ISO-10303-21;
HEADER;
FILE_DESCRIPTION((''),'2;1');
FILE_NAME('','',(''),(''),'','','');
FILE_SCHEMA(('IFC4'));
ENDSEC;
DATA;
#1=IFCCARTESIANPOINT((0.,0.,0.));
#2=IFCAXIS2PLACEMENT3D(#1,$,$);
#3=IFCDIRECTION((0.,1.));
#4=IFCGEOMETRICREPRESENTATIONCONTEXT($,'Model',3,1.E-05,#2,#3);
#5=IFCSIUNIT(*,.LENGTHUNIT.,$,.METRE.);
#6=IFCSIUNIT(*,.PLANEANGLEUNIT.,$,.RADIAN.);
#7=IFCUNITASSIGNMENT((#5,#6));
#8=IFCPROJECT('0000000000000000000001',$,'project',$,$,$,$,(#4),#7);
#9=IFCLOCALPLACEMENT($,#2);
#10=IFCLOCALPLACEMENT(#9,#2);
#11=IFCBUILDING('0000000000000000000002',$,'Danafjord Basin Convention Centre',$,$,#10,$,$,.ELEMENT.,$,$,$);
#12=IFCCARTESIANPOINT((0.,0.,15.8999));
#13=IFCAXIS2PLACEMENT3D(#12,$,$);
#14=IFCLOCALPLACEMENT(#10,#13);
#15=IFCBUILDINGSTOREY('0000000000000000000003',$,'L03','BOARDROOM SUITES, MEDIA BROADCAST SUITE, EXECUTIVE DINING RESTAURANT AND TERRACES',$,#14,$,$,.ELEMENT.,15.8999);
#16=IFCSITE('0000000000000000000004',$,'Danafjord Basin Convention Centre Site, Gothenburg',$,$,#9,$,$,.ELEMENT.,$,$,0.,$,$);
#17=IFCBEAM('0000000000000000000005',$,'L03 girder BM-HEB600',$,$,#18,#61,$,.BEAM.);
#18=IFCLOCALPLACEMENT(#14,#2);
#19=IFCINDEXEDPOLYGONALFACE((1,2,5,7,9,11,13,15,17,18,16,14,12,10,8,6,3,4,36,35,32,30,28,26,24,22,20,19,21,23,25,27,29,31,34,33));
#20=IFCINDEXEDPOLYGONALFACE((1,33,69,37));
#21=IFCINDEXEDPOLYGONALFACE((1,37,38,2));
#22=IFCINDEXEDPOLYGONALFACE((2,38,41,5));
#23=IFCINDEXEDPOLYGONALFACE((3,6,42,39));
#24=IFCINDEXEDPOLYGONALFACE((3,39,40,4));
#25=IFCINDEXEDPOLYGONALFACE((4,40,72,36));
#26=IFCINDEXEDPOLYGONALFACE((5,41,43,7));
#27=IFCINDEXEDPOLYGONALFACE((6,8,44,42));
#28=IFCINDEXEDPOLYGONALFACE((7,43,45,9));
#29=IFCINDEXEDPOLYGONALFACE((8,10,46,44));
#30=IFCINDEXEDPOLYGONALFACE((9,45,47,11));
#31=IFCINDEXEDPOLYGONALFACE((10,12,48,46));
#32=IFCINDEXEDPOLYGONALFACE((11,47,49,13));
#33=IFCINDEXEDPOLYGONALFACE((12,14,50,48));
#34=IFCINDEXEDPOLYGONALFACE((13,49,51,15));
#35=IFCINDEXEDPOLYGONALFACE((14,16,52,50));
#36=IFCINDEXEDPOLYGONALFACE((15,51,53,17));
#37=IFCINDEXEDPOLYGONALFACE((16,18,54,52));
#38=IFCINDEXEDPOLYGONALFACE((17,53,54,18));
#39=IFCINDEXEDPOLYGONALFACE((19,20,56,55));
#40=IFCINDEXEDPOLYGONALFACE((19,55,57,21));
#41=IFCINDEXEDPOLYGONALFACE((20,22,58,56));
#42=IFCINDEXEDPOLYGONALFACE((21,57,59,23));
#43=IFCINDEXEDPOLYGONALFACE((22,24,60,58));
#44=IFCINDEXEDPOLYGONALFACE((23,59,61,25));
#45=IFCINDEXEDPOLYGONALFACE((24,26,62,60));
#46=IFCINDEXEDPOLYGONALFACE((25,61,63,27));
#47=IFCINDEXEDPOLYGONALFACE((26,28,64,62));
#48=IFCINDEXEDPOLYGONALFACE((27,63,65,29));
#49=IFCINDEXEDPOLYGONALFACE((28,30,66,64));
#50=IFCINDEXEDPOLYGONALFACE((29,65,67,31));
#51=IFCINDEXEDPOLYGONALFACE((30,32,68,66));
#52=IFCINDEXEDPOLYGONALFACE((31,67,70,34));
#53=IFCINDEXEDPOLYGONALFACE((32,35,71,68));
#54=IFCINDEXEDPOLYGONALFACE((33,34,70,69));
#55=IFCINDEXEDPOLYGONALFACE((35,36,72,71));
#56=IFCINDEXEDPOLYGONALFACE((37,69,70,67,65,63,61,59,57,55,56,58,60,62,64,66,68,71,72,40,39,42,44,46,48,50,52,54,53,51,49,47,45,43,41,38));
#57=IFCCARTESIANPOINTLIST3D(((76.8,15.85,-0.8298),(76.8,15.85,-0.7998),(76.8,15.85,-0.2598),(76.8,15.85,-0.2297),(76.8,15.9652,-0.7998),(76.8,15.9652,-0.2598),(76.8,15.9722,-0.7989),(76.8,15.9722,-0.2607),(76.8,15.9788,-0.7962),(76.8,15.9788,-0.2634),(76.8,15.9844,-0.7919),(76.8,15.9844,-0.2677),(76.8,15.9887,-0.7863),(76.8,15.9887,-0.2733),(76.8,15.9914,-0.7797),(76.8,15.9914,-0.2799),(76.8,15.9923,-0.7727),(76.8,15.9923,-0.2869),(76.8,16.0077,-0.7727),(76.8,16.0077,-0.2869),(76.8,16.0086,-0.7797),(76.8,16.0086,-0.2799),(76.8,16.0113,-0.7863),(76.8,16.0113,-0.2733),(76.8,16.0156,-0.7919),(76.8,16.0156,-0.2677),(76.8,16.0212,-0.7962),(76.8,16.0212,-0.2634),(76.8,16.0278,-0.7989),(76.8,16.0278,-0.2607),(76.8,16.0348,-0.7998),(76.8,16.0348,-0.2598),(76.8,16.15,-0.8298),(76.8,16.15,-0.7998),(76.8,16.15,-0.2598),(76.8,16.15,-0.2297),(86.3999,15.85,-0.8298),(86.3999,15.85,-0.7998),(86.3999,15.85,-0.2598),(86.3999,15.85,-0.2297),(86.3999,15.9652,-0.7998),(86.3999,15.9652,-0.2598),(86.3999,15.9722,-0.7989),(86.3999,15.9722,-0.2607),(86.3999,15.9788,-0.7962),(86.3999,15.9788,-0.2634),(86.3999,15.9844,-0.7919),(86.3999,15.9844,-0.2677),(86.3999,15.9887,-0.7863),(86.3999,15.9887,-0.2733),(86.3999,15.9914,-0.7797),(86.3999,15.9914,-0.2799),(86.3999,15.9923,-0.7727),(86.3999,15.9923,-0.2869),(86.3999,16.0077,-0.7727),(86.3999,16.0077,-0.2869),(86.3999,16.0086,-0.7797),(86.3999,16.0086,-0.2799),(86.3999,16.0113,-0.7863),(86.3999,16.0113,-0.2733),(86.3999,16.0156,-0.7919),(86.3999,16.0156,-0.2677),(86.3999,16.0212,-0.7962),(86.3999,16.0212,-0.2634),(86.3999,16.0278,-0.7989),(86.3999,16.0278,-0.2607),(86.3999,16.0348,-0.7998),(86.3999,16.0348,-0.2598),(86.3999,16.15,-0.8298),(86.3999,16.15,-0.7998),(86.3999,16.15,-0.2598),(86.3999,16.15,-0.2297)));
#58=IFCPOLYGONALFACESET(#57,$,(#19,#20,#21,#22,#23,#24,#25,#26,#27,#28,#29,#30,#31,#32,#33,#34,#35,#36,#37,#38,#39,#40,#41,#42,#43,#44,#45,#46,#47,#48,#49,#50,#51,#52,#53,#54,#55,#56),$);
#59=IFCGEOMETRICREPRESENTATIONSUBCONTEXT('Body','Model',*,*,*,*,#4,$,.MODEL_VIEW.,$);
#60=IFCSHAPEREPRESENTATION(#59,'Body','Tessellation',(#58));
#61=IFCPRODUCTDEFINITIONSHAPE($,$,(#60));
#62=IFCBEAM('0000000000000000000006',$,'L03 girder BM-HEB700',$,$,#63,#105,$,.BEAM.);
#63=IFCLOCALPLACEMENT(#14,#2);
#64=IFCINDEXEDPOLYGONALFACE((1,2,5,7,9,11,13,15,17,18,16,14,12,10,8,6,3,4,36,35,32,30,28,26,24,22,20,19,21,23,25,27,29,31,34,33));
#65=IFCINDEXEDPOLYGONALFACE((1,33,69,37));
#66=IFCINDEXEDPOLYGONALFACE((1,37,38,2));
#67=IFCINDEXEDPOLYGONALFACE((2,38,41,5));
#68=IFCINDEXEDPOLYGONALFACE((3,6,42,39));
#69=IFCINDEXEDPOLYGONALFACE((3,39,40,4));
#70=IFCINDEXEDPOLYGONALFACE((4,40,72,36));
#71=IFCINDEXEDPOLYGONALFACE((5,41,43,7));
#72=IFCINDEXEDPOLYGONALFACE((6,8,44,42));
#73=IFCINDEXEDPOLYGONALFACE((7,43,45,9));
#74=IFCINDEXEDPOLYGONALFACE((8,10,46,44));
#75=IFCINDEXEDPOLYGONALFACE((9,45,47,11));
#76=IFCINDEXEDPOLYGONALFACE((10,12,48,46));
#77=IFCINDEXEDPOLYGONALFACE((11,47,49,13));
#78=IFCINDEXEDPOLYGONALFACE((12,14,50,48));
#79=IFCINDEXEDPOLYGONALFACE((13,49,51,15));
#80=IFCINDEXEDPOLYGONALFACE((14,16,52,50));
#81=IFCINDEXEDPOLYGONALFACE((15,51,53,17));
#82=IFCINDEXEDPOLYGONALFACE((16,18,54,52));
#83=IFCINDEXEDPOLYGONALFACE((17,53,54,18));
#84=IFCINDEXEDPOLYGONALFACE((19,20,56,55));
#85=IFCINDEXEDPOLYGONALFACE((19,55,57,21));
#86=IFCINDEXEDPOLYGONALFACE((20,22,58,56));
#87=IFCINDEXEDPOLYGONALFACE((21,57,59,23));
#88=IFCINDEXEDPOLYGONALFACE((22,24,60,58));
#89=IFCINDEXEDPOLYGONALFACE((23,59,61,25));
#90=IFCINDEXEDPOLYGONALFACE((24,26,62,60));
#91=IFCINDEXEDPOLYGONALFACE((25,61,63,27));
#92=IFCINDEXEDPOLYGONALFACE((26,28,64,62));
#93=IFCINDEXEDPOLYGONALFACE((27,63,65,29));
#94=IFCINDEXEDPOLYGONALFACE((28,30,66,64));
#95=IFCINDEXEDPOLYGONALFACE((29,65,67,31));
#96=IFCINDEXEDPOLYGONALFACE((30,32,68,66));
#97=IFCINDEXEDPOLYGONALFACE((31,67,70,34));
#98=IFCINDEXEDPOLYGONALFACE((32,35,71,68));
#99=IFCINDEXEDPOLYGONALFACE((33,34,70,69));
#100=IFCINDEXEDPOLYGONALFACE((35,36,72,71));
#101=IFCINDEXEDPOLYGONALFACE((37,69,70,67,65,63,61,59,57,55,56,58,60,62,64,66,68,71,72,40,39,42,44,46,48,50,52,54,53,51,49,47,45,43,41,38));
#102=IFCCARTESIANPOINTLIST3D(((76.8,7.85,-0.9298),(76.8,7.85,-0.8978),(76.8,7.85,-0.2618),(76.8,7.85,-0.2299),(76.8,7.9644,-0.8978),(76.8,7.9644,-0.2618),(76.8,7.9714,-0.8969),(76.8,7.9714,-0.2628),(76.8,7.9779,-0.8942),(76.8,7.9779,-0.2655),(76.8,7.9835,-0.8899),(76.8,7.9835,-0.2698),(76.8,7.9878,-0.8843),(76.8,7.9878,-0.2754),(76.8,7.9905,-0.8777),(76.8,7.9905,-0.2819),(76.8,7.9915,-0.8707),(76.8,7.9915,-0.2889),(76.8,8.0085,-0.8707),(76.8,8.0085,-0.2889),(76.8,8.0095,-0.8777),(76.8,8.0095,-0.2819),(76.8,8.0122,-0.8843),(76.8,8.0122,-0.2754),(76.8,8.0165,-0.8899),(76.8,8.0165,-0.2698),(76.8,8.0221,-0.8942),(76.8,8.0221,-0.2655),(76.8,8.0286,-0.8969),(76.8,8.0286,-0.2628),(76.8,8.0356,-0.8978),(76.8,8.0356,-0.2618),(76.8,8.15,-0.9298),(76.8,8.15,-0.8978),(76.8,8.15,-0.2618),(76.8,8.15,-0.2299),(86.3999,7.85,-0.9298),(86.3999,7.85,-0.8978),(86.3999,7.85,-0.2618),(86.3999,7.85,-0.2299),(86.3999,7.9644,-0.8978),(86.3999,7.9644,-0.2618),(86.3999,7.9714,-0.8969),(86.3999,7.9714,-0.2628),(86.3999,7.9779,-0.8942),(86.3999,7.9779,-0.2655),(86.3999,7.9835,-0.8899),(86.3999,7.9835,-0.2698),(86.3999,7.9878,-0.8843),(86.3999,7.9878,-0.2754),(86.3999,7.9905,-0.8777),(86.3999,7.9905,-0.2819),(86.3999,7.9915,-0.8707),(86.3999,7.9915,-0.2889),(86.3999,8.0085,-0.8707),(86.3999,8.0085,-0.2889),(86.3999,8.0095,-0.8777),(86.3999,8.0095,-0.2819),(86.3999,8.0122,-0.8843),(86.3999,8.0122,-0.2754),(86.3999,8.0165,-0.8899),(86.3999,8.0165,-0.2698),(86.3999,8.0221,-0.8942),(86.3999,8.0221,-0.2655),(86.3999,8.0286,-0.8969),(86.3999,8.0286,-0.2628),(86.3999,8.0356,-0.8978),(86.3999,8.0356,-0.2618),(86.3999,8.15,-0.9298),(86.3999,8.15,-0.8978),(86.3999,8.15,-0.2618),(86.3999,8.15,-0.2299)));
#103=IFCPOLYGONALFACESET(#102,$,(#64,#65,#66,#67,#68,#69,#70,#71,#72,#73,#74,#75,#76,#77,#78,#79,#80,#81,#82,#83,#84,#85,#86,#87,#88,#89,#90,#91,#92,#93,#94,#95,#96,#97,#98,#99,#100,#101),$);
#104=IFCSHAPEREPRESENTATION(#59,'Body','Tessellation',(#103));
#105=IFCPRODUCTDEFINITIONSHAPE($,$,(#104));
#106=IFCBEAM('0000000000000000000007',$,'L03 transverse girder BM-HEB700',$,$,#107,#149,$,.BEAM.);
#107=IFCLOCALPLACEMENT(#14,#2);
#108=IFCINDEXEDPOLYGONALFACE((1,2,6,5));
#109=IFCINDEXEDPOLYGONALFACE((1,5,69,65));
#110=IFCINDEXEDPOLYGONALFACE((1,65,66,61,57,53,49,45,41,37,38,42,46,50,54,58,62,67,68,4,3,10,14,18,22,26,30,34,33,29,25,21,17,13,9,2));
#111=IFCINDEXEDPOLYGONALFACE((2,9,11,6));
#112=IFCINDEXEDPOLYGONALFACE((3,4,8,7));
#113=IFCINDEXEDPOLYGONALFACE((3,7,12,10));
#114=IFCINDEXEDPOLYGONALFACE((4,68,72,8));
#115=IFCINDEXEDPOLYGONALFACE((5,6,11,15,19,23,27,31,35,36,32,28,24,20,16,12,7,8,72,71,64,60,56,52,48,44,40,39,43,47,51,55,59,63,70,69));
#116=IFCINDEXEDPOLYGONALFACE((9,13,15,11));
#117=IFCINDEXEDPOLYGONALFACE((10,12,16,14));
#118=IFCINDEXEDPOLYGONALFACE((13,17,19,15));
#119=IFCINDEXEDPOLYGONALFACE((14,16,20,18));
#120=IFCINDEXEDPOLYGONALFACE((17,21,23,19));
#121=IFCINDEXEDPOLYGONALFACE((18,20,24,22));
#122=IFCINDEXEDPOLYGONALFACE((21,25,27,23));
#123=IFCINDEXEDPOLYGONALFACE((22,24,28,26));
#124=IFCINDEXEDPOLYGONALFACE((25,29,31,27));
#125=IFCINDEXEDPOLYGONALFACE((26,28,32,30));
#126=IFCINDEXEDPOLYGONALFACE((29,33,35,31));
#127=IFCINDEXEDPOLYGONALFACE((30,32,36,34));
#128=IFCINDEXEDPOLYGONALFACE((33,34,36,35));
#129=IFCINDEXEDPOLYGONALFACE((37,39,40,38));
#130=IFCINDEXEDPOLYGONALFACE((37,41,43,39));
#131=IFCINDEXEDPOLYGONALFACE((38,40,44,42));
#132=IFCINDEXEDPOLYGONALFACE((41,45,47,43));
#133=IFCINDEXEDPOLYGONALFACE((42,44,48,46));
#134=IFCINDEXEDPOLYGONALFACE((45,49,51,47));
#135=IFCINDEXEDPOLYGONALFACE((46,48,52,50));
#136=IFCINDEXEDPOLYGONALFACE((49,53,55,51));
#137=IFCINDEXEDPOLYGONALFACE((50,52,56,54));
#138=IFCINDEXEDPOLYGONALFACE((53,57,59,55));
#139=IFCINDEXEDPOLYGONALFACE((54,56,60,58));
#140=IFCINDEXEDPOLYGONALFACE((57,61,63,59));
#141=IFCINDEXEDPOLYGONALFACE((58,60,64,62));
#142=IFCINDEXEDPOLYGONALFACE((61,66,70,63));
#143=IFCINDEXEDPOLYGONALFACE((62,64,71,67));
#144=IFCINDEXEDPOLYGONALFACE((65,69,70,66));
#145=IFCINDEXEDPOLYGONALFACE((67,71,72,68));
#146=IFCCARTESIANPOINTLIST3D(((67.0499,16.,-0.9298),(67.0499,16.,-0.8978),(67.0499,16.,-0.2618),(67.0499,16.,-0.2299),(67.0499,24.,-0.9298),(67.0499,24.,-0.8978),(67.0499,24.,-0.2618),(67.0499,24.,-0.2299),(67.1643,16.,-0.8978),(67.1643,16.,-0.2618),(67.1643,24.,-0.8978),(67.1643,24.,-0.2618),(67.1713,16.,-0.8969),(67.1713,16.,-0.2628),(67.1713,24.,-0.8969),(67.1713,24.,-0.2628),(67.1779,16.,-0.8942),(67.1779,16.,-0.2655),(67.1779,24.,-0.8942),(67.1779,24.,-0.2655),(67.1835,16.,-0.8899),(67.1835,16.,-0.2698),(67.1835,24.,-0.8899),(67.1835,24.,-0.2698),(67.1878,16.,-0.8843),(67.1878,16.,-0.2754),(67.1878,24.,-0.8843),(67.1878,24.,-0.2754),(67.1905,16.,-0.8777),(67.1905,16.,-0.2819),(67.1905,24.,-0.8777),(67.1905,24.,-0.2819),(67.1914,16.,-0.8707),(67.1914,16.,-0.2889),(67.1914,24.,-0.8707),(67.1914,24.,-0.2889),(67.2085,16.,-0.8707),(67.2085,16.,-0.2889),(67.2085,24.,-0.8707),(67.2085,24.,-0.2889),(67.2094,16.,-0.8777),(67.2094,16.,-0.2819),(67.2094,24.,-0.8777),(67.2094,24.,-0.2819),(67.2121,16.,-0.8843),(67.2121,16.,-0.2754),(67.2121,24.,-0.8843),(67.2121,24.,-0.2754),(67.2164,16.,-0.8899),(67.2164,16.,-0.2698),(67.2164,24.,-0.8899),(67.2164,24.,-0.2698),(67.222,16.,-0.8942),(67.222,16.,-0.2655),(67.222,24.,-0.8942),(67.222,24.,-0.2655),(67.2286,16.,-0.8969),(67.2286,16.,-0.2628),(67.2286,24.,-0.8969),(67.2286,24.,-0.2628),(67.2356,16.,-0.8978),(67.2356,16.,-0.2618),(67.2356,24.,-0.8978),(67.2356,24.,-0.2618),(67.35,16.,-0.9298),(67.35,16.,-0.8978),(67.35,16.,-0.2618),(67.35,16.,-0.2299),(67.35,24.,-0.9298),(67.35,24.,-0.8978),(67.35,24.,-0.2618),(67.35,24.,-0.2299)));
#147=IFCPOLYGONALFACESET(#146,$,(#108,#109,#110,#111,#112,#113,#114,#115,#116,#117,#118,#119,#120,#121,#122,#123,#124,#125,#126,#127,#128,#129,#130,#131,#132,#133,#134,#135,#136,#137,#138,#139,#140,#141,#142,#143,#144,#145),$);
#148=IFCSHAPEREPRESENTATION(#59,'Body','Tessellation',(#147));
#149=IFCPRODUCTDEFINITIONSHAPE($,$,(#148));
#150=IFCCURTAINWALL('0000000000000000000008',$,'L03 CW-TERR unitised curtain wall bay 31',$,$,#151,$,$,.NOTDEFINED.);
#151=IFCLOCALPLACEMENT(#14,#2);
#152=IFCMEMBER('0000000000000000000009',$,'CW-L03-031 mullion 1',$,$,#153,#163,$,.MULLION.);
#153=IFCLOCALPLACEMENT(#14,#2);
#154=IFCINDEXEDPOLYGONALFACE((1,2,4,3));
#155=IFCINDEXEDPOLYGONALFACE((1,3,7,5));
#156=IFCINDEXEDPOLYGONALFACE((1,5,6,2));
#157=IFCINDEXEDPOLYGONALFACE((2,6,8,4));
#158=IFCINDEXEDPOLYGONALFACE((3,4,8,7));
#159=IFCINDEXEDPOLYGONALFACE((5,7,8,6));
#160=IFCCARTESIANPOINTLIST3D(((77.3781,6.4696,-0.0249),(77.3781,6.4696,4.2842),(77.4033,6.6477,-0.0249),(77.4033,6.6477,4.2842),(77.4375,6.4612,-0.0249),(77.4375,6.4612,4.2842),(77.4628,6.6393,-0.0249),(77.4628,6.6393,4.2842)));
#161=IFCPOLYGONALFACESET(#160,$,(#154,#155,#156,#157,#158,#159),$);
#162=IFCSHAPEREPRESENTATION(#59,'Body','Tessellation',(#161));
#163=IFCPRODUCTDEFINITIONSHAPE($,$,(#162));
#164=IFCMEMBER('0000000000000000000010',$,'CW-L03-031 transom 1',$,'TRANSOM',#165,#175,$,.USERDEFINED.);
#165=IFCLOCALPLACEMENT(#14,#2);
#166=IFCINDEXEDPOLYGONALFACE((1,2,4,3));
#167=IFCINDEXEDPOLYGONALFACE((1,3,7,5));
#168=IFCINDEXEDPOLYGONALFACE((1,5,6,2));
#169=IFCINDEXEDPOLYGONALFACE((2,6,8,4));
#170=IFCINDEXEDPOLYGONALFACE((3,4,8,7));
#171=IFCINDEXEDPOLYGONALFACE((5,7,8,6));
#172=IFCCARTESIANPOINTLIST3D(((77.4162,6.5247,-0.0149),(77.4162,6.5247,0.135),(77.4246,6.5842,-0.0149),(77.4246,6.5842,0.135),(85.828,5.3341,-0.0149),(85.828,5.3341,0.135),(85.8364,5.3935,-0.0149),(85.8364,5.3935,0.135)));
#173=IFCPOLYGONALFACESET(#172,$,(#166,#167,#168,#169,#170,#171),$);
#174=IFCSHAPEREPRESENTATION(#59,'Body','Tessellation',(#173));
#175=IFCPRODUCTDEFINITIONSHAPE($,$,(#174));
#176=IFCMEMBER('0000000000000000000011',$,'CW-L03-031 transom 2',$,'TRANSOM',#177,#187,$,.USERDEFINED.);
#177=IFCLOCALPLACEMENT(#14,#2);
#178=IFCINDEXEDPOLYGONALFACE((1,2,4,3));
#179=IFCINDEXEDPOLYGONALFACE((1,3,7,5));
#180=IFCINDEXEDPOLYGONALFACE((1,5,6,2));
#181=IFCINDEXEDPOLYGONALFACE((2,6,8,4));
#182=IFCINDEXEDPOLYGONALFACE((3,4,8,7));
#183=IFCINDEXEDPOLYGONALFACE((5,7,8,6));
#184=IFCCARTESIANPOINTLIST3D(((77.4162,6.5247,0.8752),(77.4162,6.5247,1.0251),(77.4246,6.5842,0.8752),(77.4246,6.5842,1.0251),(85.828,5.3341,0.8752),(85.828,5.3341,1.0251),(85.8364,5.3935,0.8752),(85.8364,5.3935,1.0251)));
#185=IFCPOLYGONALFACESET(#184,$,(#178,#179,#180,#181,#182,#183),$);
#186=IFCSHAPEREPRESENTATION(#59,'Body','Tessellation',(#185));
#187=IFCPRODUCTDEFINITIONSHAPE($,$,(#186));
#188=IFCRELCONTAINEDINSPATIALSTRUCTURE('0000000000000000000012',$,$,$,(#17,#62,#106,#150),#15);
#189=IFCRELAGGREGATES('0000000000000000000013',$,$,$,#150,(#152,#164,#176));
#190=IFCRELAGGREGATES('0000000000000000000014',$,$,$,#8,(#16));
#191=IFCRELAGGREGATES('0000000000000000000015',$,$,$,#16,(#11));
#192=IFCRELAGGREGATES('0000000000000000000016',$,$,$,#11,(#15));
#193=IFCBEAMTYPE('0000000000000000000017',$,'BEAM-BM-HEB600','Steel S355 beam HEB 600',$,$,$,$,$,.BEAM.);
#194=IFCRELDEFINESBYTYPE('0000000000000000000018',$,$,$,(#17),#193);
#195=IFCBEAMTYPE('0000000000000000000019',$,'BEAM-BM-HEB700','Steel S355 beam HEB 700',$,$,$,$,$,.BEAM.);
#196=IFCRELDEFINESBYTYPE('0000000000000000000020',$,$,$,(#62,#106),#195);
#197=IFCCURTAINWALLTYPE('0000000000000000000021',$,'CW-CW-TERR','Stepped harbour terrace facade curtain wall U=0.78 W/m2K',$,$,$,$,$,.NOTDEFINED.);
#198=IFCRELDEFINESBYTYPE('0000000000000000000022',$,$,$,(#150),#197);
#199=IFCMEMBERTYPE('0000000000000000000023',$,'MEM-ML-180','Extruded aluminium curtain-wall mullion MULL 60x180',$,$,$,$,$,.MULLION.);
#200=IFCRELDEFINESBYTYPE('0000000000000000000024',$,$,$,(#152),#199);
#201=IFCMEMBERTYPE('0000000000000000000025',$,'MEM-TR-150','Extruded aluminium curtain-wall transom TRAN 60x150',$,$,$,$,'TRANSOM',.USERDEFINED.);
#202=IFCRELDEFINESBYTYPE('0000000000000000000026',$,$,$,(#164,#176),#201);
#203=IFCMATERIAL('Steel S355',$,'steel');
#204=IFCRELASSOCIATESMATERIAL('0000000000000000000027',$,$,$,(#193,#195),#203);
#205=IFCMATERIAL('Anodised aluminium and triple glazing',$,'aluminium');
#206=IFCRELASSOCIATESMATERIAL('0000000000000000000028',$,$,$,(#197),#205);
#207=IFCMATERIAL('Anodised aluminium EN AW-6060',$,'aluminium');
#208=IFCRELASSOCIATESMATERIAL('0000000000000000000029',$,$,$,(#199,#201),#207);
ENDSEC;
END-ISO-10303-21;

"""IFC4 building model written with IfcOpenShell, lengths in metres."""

from ifc_helpers import new_model, si_unit, direction, frame, origin, origin_2d, place, context, subcontext, project, spatial, rectangle, i_section, extrude, material, material_profile, profile_set, type_object, element, aggregate, save


model = new_model("IFC4")

# Units and contexts
model_context = context("Model", 3, precision=1e-05, world=origin(), true_north=direction((0.0, 1.0)))
body_context = subcontext(model_context, "Body", "Model", "MODEL_VIEW")
ifc_project = project(units=[si_unit("LENGTHUNIT", "METRE"), si_unit("PLANEANGLEUNIT", "RADIAN")], contexts=[model_context])

# Site, building, storey
site_placement = place(None, origin())
site = spatial("IfcSite", under=ifc_project, at=site_placement, Name="Danafjord Basin Convention Centre Site, Gothenburg", CompositionType="ELEMENT", RefElevation=0.0)
building_placement = place(site_placement, origin())
building = spatial("IfcBuilding", under=site, at=building_placement, Name="Danafjord Basin Convention Centre", CompositionType="ELEMENT")
storey_placement = place(building_placement, frame((0.0, 0.0, 15.8999)))
storey = spatial("IfcBuildingStorey", under=building, at=storey_placement, Name="L03", Description="BOARDROOM SUITES, MEDIA BROADCAST SUITE, EXECUTIVE DINING RESTAURANT AND TERRACES", CompositionType="ELEMENT", Elevation=15.8999)

# Shared definitions
ifc_material_1 = material(Name="Steel S355", Category="steel")

# Beams
ifc_material_profile_1 = material_profile(ifc_material_1, i_section(OverallWidth=0.3, OverallDepth=0.6001, WebThickness=0.0154, FlangeThickness=0.03, FilletRadius=0.0271, at=origin_2d()), Name="HEB 600")
ifc_profile_set_1 = profile_set([ifc_material_profile_1], Name="Steel S355")
beam_type_1 = type_object("IfcBeamType", Name="BEAM-BM-HEB600", Description="Steel S355 beam HEB 600", PredefinedType="BEAM", material=ifc_profile_set_1)
beam_1_placement = place(storey_placement, frame((76.8, 16.0, -0.5298), z_axis=(1.0, 0.0, 0.0), x_axis=(0.0, 1.0, 0.0)))
element("IfcBeam", 1, at=beam_1_placement, inside=storey, type_object=beam_type_1, Name="L03 girder BM-HEB600", PredefinedType="BEAM", context=body_context, shape_type="SweptSolid", body=[
    extrude(i_section(OverallWidth=0.3, OverallDepth=0.6001, WebThickness=0.0154, FlangeThickness=0.03, FilletRadius=0.0271, at=origin_2d()), origin(), (0.0, 0.0, 1.0), 9.5999),
])
ifc_material_profile_2 = material_profile(ifc_material_1, i_section(OverallWidth=0.3, OverallDepth=0.7, WebThickness=0.0171, FlangeThickness=0.032, FilletRadius=0.0271, at=origin_2d()), Name="HEB 700")
ifc_profile_set_2 = profile_set([ifc_material_profile_2], Name="Steel S355")
beam_type_2 = type_object("IfcBeamType", Name="BEAM-BM-HEB700", Description="Steel S355 beam HEB 700", PredefinedType="BEAM", material=ifc_profile_set_2)
beam_2_placement = place(storey_placement, frame((76.8, 8.0, -0.5798), z_axis=(1.0, 0.0, 0.0), x_axis=(0.0, 1.0, 0.0)))
element("IfcBeam", 2, at=beam_2_placement, inside=storey, type_object=beam_type_2, Name="L03 girder BM-HEB700", PredefinedType="BEAM", context=body_context, shape_type="SweptSolid", body=[
    extrude(i_section(OverallWidth=0.3, OverallDepth=0.7, WebThickness=0.0171, FlangeThickness=0.032, FilletRadius=0.0271, at=origin_2d()), origin(), (0.0, 0.0, 1.0), 9.5999),
])
beam_3_placement = place(storey_placement, frame((67.2, 16.0, -0.5798), z_axis=(0.0, 1.0, 0.0), x_axis=(-1.0, 0.0, 0.0)))
element("IfcBeam", 3, at=beam_3_placement, inside=storey, type_object=beam_type_2, Name="L03 transverse girder BM-HEB700", PredefinedType="BEAM", context=body_context, shape_type="SweptSolid", body=[
    extrude(i_section(OverallWidth=0.3, OverallDepth=0.7, WebThickness=0.0171, FlangeThickness=0.032, FilletRadius=0.0271, at=origin_2d()), origin(), (0.0, 0.0, 1.0), 8.0),
])

# Curtain wall, members
ifc_material_2 = material(Name="Anodised aluminium and triple glazing", Category="aluminium")
curtain_wall_type = type_object("IfcCurtainWallType", Name="CW-CW-TERR", Description="Stepped harbour terrace facade curtain wall U=0.78 W/m2K", PredefinedType="NOTDEFINED", material=ifc_material_2)
curtain_wall_placement = place(storey_placement, origin())
curtain_wall = element("IfcCurtainWall", 4, at=curtain_wall_placement, inside=storey, type_object=curtain_wall_type, Name="L03 CW-TERR unitised curtain wall bay 31", PredefinedType="NOTDEFINED")
ifc_material_3 = material(Name="Anodised aluminium EN AW-6060", Category="aluminium")
ifc_material_profile_3 = material_profile(ifc_material_3, rectangle(XDim=0.0601, YDim=0.1799, at=origin_2d()), Name="MULL 60x180")
ifc_profile_set_3 = profile_set([ifc_material_profile_3], Name="Anodised aluminium EN AW-6060")
member_type_1 = type_object("IfcMemberType", Name="MEM-ML-180", Description="Extruded aluminium curtain-wall mullion MULL 60x180", PredefinedType="MULLION", material=ifc_profile_set_3)
member_1_placement = place(storey_placement, frame((77.4204, 6.5544, -0.0249), z_axis=(0.0, 0.0, 1.0), x_axis=(0.990128, -0.140165, 0.0)))
member_1 = element("IfcMember", 5, at=member_1_placement, type_object=member_type_1, Name="CW-L03-031 mullion 1", PredefinedType="MULLION", context=body_context, shape_type="SweptSolid", body=[
    extrude(rectangle(XDim=0.0601, YDim=0.1799, at=origin_2d()), origin(), (0.0, 0.0, 1.0), 4.3091),
])
ifc_material_profile_4 = material_profile(ifc_material_3, rectangle(XDim=0.0601, YDim=0.1499, at=origin_2d()), Name="TRAN 60x150")
ifc_profile_set_4 = profile_set([ifc_material_profile_4], Name="Anodised aluminium EN AW-6060")
member_type_2 = type_object("IfcMemberType", Name="MEM-TR-150", Description="Extruded aluminium curtain-wall transom TRAN 60x150", ElementType="TRANSOM", PredefinedType="USERDEFINED", material=ifc_profile_set_4)
member_2_placement = place(storey_placement, frame((77.4204, 6.5544, 0.0601), z_axis=(0.99013, -0.14015, 0.0), x_axis=(0.14015, 0.99013, 0.0)))
member_2 = element("IfcMember", 6, at=member_2_placement, type_object=member_type_2, Name="CW-L03-031 transom 1", ObjectType="TRANSOM", PredefinedType="USERDEFINED", context=body_context, shape_type="SweptSolid", body=[
    extrude(rectangle(XDim=0.0601, YDim=0.1499, at=origin_2d()), origin(), (0.0, 0.0, 1.0), 8.4956),
])
member_3_placement = place(storey_placement, frame((77.4204, 6.5544, 0.9502), z_axis=(0.99013, -0.14015, 0.0), x_axis=(0.14015, 0.99013, 0.0)))
member_3 = element("IfcMember", 7, at=member_3_placement, type_object=member_type_2, Name="CW-L03-031 transom 2", ObjectType="TRANSOM", PredefinedType="USERDEFINED", context=body_context, shape_type="SweptSolid", body=[
    extrude(rectangle(XDim=0.0601, YDim=0.1499, at=origin_2d()), origin(), (0.0, 0.0, 1.0), 8.4956),
])
aggregate(curtain_wall, [member_1, member_2, member_3])

save(model, "model.ifc")
